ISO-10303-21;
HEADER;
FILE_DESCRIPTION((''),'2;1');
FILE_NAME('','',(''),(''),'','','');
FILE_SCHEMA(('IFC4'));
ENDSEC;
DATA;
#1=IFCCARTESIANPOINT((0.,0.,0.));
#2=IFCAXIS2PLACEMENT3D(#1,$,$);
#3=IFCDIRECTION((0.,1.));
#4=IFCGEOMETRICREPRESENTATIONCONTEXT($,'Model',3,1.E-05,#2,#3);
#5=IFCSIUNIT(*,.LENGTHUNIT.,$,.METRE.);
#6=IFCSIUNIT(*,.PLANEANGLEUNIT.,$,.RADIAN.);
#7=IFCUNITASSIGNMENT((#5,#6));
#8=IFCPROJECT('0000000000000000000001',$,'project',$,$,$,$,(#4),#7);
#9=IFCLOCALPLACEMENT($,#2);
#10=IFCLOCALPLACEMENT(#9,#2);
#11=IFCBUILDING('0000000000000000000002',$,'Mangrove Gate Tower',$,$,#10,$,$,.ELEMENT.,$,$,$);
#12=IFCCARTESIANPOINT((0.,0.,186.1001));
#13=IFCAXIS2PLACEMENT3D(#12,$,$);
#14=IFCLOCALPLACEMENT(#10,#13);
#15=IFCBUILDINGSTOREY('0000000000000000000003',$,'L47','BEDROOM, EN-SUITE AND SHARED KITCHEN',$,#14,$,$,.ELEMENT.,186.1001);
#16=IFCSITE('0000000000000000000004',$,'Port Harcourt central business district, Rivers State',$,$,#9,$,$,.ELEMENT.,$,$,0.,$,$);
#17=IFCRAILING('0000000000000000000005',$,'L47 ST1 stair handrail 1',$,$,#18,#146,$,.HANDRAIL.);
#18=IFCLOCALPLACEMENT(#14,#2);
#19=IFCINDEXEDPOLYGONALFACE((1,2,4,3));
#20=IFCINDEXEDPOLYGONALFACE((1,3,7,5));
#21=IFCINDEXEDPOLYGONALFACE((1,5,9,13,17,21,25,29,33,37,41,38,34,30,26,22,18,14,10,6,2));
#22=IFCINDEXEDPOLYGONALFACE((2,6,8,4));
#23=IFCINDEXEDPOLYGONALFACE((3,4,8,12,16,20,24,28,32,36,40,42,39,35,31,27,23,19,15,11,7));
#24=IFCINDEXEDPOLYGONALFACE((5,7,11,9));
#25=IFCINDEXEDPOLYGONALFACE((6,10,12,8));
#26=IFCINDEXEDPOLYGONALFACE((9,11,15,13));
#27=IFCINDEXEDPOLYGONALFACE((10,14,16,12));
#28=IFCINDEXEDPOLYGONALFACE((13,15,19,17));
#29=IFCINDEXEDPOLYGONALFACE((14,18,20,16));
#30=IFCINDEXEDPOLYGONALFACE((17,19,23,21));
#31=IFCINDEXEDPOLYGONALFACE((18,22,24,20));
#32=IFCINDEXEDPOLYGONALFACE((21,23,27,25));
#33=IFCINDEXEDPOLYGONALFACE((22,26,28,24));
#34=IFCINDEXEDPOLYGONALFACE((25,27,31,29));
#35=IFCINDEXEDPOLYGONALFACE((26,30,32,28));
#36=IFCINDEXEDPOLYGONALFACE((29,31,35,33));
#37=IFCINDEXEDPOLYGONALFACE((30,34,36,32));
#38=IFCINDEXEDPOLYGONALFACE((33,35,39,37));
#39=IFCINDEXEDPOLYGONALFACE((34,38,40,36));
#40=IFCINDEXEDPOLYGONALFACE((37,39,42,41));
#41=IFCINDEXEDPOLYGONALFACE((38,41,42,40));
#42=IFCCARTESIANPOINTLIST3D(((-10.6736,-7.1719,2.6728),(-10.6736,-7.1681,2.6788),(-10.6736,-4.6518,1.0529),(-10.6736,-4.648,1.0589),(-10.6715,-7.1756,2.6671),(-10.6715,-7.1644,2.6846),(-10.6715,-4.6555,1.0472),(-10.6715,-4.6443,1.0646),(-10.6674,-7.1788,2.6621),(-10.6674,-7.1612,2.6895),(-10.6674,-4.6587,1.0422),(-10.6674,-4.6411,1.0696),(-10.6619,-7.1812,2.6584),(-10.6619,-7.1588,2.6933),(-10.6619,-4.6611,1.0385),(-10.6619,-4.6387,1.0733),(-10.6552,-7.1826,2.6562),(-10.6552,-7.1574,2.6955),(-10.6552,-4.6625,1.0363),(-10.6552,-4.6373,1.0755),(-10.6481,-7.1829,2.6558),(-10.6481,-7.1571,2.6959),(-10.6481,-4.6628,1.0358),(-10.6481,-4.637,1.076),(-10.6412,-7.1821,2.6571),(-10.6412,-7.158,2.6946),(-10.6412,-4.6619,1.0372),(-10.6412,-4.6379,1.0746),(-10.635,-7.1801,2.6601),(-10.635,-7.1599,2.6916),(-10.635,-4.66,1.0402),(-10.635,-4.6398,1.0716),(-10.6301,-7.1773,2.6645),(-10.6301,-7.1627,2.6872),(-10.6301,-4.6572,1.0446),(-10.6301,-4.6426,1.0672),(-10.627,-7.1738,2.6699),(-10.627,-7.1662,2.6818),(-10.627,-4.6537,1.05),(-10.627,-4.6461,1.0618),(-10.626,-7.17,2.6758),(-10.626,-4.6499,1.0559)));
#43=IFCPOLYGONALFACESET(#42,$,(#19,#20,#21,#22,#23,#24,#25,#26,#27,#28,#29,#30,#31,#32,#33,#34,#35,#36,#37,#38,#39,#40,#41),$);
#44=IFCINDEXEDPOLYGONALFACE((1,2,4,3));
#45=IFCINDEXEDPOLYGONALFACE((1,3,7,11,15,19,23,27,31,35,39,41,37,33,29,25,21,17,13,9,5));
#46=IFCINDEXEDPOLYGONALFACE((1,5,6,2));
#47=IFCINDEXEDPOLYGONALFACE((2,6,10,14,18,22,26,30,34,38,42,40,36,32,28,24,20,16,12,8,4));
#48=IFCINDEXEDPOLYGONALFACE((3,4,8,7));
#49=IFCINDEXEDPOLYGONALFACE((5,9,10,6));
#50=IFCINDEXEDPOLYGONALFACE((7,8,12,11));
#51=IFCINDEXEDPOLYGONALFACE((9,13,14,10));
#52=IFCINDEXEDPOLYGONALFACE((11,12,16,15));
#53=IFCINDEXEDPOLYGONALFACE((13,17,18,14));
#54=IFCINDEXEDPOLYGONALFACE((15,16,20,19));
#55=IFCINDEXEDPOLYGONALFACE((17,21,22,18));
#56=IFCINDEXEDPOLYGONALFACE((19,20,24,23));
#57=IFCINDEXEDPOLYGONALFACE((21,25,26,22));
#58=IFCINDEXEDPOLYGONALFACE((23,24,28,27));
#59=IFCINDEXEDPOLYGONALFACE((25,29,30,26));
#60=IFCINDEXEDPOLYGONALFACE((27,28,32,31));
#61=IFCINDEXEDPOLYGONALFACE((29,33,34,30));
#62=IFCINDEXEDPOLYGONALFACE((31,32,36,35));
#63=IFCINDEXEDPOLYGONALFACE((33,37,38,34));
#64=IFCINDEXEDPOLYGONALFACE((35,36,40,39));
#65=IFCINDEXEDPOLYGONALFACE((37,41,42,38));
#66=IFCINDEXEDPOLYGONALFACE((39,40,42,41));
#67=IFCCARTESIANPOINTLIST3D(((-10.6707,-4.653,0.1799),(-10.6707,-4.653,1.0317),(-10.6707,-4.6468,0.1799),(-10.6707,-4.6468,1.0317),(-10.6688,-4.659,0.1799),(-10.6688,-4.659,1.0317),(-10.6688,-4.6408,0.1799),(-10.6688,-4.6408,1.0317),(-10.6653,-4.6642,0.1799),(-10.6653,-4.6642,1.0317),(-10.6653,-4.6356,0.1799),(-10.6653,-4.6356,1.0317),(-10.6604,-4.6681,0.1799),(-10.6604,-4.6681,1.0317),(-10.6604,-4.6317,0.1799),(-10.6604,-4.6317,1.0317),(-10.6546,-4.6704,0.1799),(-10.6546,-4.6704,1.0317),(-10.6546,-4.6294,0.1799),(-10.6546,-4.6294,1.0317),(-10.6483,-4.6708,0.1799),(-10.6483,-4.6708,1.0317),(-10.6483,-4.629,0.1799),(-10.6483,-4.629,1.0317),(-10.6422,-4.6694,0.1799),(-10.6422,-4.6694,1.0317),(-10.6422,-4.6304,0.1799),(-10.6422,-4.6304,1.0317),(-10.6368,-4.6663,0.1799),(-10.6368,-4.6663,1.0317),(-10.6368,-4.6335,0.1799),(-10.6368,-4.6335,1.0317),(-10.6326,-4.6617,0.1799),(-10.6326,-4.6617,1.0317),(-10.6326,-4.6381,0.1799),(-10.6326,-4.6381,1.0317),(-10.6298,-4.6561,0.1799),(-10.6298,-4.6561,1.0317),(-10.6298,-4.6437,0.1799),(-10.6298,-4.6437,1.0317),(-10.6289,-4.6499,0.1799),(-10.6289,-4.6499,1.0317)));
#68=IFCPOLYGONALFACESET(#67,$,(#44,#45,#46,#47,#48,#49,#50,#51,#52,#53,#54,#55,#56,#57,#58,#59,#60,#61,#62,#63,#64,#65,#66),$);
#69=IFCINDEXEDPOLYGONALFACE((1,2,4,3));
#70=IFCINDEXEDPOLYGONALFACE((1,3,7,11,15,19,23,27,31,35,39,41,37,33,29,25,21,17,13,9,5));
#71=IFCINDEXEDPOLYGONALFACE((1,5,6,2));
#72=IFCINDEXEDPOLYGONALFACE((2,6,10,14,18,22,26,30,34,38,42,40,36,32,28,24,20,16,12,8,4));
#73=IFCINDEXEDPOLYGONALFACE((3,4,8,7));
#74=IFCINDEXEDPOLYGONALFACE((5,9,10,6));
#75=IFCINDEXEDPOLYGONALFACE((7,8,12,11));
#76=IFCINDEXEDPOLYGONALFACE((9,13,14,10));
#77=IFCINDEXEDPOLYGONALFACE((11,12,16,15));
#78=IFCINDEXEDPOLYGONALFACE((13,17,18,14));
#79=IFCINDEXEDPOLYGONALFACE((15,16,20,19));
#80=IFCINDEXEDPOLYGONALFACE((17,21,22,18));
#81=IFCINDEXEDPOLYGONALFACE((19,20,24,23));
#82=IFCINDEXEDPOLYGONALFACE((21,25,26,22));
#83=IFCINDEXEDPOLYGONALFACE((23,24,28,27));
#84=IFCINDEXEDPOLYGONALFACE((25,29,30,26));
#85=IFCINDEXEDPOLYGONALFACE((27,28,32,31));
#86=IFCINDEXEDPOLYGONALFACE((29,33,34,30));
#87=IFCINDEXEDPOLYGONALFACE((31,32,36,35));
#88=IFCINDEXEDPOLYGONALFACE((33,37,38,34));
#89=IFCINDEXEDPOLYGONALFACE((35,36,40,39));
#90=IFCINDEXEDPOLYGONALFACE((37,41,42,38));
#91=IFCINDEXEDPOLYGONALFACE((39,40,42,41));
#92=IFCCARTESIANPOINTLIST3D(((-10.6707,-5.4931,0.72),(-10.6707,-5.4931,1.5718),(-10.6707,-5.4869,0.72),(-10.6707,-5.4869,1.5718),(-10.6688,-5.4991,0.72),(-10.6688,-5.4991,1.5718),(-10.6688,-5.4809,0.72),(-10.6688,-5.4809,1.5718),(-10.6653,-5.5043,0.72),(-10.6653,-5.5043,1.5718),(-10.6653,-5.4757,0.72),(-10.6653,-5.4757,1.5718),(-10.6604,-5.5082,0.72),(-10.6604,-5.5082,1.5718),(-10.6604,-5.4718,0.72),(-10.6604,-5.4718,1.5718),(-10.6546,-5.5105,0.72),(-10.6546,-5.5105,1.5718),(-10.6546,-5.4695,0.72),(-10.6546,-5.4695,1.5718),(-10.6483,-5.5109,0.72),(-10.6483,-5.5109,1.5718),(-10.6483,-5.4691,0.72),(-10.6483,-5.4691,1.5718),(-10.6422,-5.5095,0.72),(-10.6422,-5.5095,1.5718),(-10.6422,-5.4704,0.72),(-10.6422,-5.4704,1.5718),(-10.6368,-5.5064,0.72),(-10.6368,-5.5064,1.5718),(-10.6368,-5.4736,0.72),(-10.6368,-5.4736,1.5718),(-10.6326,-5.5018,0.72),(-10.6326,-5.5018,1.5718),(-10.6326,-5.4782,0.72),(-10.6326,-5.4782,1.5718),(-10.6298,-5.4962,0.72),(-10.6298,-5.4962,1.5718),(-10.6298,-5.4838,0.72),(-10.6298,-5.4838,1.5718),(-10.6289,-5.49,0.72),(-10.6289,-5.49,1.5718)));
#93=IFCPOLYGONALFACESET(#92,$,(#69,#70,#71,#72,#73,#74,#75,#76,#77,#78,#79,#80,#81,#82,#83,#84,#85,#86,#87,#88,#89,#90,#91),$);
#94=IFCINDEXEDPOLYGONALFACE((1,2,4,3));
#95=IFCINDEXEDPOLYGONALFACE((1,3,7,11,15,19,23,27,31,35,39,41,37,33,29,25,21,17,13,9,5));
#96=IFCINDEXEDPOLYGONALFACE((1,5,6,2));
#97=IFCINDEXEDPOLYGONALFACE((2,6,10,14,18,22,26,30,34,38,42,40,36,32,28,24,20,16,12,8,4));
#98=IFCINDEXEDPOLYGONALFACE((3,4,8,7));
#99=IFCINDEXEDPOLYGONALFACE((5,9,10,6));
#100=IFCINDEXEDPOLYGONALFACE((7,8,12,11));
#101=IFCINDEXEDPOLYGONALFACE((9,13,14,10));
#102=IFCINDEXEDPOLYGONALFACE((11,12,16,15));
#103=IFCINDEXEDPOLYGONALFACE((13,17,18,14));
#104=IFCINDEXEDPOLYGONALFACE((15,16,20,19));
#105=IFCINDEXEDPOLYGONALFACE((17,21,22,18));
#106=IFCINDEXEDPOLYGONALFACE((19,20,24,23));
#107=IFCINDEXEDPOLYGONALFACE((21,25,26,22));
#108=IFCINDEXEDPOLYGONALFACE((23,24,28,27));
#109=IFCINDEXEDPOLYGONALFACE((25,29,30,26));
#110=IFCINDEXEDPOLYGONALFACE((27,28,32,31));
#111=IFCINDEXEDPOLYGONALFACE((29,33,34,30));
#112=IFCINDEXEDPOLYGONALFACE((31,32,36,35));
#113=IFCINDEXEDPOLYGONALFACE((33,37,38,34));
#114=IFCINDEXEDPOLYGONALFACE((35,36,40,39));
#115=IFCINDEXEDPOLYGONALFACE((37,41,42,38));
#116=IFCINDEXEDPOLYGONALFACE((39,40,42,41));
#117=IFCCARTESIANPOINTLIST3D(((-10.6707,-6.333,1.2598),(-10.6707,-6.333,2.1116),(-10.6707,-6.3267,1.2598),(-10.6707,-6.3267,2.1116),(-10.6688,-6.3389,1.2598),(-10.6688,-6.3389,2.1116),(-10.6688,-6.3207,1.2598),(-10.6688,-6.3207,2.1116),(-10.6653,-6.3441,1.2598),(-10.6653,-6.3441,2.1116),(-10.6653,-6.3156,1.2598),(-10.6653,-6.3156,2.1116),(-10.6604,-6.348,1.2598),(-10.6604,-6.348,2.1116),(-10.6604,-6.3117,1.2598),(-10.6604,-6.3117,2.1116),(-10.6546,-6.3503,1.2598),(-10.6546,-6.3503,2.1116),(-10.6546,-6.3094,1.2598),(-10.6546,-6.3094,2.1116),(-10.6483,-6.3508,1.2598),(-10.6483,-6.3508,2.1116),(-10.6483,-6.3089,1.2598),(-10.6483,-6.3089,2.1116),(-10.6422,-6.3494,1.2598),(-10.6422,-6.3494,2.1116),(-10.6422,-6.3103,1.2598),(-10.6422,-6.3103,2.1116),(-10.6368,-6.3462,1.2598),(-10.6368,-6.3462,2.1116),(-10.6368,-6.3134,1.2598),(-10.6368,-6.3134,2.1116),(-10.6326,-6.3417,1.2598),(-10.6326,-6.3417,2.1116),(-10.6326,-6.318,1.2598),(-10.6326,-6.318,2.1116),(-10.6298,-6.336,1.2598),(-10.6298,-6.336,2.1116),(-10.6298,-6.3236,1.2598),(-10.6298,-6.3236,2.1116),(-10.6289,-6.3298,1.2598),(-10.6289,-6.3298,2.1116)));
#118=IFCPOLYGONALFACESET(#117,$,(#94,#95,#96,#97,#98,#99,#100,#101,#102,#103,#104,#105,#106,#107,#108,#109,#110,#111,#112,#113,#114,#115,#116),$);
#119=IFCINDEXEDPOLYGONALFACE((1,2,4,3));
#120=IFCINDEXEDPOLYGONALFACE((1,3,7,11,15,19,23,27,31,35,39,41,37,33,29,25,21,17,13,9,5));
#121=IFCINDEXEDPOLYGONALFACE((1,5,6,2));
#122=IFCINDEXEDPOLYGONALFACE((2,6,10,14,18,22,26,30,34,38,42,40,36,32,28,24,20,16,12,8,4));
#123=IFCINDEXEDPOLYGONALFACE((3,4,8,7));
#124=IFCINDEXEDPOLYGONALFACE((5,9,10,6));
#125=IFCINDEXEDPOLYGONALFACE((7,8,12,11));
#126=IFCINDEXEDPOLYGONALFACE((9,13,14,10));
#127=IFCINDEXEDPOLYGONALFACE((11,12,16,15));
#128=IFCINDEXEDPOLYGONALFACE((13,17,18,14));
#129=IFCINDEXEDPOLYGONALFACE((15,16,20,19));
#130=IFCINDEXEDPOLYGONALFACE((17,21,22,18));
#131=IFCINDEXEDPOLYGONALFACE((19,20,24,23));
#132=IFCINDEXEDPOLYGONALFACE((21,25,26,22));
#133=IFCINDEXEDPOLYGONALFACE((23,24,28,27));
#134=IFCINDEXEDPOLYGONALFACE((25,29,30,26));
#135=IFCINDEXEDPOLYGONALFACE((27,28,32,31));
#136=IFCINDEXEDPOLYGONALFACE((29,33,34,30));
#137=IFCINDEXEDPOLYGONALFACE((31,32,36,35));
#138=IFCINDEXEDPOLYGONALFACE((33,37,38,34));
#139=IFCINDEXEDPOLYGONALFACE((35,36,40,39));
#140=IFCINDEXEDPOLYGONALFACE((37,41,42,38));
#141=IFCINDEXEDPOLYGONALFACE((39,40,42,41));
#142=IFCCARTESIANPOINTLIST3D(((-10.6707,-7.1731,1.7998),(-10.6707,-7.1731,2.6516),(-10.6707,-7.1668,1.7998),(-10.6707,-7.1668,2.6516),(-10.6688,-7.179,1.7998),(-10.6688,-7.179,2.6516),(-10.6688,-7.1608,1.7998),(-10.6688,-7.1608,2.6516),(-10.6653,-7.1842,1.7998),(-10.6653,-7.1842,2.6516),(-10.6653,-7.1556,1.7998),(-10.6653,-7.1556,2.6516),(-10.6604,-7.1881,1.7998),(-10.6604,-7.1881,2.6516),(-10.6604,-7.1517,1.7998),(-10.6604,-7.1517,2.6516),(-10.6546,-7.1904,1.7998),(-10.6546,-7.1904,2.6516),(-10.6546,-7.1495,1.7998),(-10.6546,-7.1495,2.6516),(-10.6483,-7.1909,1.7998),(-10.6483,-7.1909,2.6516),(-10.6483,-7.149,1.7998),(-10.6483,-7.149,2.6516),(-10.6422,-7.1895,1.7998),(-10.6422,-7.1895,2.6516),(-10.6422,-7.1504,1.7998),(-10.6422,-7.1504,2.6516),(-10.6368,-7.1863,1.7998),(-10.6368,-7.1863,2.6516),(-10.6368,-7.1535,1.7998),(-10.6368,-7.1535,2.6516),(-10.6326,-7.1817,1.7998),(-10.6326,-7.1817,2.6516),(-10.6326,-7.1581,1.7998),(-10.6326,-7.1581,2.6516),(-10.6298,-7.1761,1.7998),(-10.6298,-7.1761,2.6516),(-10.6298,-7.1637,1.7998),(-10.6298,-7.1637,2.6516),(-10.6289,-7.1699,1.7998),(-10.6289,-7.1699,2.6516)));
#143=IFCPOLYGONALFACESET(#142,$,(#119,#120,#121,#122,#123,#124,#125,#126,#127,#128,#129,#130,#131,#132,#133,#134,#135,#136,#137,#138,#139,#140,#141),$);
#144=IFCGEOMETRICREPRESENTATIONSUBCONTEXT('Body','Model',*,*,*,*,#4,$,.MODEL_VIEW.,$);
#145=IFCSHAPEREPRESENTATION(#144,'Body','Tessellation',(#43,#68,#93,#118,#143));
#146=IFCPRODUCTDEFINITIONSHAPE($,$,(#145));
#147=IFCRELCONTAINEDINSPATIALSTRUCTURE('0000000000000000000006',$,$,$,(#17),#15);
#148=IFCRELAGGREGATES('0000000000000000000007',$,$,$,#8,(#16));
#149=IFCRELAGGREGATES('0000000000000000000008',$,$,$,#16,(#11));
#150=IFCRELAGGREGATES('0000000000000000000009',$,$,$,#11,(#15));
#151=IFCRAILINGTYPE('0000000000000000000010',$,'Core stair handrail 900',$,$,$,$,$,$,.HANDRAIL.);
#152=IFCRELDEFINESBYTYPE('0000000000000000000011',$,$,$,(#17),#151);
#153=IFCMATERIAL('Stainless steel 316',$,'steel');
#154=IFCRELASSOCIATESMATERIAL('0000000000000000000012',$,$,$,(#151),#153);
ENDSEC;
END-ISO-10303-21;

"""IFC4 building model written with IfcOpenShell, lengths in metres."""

from ifc_helpers import new_model, si_unit, direction, frame, origin, origin_2d, place, context, subcontext, project, spatial, circle, extrude, material, type_object, element, save


model = new_model("IFC4")

# Units and contexts
model_context = context("Model", 3, precision=1e-05, world=origin(), true_north=direction((0.0, 1.0)))
body_context = subcontext(model_context, "Body", "Model", "MODEL_VIEW")
ifc_project = project(units=[si_unit("LENGTHUNIT", "METRE"), si_unit("PLANEANGLEUNIT", "RADIAN")], contexts=[model_context])

# Site, building, storey
site_placement = place(None, origin())
site = spatial("IfcSite", under=ifc_project, at=site_placement, Name="Port Harcourt central business district, Rivers State", CompositionType="ELEMENT", RefElevation=0.0)
building_placement = place(site_placement, origin())
building = spatial("IfcBuilding", under=site, at=building_placement, Name="Mangrove Gate Tower", CompositionType="ELEMENT")
storey_placement = place(building_placement, frame((0.0, 0.0, 186.1001)))
storey = spatial("IfcBuildingStorey", under=building, at=storey_placement, Name="L47", Description="BEDROOM, EN-SUITE AND SHARED KITCHEN", CompositionType="ELEMENT", Elevation=186.1001)

# Railing
ifc_material_1 = material(Name="Stainless steel 316", Category="steel")
railing_type_1 = type_object("IfcRailingType", Name="Core stair handrail 900", PredefinedType="HANDRAIL", material=ifc_material_1)
railing_1_placement = place(storey_placement, frame((-10.6499, -4.6499, 0.1799)))
element("IfcRailing", 1, at=railing_1_placement, inside=storey, type_object=railing_type_1, Name="L47 ST1 stair handrail 1", PredefinedType="HANDRAIL", context=body_context, shape_type="SweptSolid", body=[
    extrude(circle(Radius=0.0239, at=origin_2d()), frame((0.0, 0.0, 0.876), z_axis=(0.0, -0.8412, 0.540725), x_axis=(1.0, 0.0, 0.0)), (0.0, 0.0, 1.0), 2.9958),
    extrude(circle(Radius=0.021, at=origin_2d()), origin(), (0.0, 0.0, 1.0), 0.8518),
    extrude(circle(Radius=0.021, at=origin_2d()), frame((0.0, -0.8401, 0.54)), (0.0, 0.0, 1.0), 0.8518),
    extrude(circle(Radius=0.021, at=origin_2d()), frame((0.0, -1.6799, 1.0798)), (0.0, 0.0, 1.0), 0.8518),
    extrude(circle(Radius=0.021, at=origin_2d()), frame((0.0, -2.52, 1.6199)), (0.0, 0.0, 1.0), 0.8518),
])

save(model, "model.ifc")
